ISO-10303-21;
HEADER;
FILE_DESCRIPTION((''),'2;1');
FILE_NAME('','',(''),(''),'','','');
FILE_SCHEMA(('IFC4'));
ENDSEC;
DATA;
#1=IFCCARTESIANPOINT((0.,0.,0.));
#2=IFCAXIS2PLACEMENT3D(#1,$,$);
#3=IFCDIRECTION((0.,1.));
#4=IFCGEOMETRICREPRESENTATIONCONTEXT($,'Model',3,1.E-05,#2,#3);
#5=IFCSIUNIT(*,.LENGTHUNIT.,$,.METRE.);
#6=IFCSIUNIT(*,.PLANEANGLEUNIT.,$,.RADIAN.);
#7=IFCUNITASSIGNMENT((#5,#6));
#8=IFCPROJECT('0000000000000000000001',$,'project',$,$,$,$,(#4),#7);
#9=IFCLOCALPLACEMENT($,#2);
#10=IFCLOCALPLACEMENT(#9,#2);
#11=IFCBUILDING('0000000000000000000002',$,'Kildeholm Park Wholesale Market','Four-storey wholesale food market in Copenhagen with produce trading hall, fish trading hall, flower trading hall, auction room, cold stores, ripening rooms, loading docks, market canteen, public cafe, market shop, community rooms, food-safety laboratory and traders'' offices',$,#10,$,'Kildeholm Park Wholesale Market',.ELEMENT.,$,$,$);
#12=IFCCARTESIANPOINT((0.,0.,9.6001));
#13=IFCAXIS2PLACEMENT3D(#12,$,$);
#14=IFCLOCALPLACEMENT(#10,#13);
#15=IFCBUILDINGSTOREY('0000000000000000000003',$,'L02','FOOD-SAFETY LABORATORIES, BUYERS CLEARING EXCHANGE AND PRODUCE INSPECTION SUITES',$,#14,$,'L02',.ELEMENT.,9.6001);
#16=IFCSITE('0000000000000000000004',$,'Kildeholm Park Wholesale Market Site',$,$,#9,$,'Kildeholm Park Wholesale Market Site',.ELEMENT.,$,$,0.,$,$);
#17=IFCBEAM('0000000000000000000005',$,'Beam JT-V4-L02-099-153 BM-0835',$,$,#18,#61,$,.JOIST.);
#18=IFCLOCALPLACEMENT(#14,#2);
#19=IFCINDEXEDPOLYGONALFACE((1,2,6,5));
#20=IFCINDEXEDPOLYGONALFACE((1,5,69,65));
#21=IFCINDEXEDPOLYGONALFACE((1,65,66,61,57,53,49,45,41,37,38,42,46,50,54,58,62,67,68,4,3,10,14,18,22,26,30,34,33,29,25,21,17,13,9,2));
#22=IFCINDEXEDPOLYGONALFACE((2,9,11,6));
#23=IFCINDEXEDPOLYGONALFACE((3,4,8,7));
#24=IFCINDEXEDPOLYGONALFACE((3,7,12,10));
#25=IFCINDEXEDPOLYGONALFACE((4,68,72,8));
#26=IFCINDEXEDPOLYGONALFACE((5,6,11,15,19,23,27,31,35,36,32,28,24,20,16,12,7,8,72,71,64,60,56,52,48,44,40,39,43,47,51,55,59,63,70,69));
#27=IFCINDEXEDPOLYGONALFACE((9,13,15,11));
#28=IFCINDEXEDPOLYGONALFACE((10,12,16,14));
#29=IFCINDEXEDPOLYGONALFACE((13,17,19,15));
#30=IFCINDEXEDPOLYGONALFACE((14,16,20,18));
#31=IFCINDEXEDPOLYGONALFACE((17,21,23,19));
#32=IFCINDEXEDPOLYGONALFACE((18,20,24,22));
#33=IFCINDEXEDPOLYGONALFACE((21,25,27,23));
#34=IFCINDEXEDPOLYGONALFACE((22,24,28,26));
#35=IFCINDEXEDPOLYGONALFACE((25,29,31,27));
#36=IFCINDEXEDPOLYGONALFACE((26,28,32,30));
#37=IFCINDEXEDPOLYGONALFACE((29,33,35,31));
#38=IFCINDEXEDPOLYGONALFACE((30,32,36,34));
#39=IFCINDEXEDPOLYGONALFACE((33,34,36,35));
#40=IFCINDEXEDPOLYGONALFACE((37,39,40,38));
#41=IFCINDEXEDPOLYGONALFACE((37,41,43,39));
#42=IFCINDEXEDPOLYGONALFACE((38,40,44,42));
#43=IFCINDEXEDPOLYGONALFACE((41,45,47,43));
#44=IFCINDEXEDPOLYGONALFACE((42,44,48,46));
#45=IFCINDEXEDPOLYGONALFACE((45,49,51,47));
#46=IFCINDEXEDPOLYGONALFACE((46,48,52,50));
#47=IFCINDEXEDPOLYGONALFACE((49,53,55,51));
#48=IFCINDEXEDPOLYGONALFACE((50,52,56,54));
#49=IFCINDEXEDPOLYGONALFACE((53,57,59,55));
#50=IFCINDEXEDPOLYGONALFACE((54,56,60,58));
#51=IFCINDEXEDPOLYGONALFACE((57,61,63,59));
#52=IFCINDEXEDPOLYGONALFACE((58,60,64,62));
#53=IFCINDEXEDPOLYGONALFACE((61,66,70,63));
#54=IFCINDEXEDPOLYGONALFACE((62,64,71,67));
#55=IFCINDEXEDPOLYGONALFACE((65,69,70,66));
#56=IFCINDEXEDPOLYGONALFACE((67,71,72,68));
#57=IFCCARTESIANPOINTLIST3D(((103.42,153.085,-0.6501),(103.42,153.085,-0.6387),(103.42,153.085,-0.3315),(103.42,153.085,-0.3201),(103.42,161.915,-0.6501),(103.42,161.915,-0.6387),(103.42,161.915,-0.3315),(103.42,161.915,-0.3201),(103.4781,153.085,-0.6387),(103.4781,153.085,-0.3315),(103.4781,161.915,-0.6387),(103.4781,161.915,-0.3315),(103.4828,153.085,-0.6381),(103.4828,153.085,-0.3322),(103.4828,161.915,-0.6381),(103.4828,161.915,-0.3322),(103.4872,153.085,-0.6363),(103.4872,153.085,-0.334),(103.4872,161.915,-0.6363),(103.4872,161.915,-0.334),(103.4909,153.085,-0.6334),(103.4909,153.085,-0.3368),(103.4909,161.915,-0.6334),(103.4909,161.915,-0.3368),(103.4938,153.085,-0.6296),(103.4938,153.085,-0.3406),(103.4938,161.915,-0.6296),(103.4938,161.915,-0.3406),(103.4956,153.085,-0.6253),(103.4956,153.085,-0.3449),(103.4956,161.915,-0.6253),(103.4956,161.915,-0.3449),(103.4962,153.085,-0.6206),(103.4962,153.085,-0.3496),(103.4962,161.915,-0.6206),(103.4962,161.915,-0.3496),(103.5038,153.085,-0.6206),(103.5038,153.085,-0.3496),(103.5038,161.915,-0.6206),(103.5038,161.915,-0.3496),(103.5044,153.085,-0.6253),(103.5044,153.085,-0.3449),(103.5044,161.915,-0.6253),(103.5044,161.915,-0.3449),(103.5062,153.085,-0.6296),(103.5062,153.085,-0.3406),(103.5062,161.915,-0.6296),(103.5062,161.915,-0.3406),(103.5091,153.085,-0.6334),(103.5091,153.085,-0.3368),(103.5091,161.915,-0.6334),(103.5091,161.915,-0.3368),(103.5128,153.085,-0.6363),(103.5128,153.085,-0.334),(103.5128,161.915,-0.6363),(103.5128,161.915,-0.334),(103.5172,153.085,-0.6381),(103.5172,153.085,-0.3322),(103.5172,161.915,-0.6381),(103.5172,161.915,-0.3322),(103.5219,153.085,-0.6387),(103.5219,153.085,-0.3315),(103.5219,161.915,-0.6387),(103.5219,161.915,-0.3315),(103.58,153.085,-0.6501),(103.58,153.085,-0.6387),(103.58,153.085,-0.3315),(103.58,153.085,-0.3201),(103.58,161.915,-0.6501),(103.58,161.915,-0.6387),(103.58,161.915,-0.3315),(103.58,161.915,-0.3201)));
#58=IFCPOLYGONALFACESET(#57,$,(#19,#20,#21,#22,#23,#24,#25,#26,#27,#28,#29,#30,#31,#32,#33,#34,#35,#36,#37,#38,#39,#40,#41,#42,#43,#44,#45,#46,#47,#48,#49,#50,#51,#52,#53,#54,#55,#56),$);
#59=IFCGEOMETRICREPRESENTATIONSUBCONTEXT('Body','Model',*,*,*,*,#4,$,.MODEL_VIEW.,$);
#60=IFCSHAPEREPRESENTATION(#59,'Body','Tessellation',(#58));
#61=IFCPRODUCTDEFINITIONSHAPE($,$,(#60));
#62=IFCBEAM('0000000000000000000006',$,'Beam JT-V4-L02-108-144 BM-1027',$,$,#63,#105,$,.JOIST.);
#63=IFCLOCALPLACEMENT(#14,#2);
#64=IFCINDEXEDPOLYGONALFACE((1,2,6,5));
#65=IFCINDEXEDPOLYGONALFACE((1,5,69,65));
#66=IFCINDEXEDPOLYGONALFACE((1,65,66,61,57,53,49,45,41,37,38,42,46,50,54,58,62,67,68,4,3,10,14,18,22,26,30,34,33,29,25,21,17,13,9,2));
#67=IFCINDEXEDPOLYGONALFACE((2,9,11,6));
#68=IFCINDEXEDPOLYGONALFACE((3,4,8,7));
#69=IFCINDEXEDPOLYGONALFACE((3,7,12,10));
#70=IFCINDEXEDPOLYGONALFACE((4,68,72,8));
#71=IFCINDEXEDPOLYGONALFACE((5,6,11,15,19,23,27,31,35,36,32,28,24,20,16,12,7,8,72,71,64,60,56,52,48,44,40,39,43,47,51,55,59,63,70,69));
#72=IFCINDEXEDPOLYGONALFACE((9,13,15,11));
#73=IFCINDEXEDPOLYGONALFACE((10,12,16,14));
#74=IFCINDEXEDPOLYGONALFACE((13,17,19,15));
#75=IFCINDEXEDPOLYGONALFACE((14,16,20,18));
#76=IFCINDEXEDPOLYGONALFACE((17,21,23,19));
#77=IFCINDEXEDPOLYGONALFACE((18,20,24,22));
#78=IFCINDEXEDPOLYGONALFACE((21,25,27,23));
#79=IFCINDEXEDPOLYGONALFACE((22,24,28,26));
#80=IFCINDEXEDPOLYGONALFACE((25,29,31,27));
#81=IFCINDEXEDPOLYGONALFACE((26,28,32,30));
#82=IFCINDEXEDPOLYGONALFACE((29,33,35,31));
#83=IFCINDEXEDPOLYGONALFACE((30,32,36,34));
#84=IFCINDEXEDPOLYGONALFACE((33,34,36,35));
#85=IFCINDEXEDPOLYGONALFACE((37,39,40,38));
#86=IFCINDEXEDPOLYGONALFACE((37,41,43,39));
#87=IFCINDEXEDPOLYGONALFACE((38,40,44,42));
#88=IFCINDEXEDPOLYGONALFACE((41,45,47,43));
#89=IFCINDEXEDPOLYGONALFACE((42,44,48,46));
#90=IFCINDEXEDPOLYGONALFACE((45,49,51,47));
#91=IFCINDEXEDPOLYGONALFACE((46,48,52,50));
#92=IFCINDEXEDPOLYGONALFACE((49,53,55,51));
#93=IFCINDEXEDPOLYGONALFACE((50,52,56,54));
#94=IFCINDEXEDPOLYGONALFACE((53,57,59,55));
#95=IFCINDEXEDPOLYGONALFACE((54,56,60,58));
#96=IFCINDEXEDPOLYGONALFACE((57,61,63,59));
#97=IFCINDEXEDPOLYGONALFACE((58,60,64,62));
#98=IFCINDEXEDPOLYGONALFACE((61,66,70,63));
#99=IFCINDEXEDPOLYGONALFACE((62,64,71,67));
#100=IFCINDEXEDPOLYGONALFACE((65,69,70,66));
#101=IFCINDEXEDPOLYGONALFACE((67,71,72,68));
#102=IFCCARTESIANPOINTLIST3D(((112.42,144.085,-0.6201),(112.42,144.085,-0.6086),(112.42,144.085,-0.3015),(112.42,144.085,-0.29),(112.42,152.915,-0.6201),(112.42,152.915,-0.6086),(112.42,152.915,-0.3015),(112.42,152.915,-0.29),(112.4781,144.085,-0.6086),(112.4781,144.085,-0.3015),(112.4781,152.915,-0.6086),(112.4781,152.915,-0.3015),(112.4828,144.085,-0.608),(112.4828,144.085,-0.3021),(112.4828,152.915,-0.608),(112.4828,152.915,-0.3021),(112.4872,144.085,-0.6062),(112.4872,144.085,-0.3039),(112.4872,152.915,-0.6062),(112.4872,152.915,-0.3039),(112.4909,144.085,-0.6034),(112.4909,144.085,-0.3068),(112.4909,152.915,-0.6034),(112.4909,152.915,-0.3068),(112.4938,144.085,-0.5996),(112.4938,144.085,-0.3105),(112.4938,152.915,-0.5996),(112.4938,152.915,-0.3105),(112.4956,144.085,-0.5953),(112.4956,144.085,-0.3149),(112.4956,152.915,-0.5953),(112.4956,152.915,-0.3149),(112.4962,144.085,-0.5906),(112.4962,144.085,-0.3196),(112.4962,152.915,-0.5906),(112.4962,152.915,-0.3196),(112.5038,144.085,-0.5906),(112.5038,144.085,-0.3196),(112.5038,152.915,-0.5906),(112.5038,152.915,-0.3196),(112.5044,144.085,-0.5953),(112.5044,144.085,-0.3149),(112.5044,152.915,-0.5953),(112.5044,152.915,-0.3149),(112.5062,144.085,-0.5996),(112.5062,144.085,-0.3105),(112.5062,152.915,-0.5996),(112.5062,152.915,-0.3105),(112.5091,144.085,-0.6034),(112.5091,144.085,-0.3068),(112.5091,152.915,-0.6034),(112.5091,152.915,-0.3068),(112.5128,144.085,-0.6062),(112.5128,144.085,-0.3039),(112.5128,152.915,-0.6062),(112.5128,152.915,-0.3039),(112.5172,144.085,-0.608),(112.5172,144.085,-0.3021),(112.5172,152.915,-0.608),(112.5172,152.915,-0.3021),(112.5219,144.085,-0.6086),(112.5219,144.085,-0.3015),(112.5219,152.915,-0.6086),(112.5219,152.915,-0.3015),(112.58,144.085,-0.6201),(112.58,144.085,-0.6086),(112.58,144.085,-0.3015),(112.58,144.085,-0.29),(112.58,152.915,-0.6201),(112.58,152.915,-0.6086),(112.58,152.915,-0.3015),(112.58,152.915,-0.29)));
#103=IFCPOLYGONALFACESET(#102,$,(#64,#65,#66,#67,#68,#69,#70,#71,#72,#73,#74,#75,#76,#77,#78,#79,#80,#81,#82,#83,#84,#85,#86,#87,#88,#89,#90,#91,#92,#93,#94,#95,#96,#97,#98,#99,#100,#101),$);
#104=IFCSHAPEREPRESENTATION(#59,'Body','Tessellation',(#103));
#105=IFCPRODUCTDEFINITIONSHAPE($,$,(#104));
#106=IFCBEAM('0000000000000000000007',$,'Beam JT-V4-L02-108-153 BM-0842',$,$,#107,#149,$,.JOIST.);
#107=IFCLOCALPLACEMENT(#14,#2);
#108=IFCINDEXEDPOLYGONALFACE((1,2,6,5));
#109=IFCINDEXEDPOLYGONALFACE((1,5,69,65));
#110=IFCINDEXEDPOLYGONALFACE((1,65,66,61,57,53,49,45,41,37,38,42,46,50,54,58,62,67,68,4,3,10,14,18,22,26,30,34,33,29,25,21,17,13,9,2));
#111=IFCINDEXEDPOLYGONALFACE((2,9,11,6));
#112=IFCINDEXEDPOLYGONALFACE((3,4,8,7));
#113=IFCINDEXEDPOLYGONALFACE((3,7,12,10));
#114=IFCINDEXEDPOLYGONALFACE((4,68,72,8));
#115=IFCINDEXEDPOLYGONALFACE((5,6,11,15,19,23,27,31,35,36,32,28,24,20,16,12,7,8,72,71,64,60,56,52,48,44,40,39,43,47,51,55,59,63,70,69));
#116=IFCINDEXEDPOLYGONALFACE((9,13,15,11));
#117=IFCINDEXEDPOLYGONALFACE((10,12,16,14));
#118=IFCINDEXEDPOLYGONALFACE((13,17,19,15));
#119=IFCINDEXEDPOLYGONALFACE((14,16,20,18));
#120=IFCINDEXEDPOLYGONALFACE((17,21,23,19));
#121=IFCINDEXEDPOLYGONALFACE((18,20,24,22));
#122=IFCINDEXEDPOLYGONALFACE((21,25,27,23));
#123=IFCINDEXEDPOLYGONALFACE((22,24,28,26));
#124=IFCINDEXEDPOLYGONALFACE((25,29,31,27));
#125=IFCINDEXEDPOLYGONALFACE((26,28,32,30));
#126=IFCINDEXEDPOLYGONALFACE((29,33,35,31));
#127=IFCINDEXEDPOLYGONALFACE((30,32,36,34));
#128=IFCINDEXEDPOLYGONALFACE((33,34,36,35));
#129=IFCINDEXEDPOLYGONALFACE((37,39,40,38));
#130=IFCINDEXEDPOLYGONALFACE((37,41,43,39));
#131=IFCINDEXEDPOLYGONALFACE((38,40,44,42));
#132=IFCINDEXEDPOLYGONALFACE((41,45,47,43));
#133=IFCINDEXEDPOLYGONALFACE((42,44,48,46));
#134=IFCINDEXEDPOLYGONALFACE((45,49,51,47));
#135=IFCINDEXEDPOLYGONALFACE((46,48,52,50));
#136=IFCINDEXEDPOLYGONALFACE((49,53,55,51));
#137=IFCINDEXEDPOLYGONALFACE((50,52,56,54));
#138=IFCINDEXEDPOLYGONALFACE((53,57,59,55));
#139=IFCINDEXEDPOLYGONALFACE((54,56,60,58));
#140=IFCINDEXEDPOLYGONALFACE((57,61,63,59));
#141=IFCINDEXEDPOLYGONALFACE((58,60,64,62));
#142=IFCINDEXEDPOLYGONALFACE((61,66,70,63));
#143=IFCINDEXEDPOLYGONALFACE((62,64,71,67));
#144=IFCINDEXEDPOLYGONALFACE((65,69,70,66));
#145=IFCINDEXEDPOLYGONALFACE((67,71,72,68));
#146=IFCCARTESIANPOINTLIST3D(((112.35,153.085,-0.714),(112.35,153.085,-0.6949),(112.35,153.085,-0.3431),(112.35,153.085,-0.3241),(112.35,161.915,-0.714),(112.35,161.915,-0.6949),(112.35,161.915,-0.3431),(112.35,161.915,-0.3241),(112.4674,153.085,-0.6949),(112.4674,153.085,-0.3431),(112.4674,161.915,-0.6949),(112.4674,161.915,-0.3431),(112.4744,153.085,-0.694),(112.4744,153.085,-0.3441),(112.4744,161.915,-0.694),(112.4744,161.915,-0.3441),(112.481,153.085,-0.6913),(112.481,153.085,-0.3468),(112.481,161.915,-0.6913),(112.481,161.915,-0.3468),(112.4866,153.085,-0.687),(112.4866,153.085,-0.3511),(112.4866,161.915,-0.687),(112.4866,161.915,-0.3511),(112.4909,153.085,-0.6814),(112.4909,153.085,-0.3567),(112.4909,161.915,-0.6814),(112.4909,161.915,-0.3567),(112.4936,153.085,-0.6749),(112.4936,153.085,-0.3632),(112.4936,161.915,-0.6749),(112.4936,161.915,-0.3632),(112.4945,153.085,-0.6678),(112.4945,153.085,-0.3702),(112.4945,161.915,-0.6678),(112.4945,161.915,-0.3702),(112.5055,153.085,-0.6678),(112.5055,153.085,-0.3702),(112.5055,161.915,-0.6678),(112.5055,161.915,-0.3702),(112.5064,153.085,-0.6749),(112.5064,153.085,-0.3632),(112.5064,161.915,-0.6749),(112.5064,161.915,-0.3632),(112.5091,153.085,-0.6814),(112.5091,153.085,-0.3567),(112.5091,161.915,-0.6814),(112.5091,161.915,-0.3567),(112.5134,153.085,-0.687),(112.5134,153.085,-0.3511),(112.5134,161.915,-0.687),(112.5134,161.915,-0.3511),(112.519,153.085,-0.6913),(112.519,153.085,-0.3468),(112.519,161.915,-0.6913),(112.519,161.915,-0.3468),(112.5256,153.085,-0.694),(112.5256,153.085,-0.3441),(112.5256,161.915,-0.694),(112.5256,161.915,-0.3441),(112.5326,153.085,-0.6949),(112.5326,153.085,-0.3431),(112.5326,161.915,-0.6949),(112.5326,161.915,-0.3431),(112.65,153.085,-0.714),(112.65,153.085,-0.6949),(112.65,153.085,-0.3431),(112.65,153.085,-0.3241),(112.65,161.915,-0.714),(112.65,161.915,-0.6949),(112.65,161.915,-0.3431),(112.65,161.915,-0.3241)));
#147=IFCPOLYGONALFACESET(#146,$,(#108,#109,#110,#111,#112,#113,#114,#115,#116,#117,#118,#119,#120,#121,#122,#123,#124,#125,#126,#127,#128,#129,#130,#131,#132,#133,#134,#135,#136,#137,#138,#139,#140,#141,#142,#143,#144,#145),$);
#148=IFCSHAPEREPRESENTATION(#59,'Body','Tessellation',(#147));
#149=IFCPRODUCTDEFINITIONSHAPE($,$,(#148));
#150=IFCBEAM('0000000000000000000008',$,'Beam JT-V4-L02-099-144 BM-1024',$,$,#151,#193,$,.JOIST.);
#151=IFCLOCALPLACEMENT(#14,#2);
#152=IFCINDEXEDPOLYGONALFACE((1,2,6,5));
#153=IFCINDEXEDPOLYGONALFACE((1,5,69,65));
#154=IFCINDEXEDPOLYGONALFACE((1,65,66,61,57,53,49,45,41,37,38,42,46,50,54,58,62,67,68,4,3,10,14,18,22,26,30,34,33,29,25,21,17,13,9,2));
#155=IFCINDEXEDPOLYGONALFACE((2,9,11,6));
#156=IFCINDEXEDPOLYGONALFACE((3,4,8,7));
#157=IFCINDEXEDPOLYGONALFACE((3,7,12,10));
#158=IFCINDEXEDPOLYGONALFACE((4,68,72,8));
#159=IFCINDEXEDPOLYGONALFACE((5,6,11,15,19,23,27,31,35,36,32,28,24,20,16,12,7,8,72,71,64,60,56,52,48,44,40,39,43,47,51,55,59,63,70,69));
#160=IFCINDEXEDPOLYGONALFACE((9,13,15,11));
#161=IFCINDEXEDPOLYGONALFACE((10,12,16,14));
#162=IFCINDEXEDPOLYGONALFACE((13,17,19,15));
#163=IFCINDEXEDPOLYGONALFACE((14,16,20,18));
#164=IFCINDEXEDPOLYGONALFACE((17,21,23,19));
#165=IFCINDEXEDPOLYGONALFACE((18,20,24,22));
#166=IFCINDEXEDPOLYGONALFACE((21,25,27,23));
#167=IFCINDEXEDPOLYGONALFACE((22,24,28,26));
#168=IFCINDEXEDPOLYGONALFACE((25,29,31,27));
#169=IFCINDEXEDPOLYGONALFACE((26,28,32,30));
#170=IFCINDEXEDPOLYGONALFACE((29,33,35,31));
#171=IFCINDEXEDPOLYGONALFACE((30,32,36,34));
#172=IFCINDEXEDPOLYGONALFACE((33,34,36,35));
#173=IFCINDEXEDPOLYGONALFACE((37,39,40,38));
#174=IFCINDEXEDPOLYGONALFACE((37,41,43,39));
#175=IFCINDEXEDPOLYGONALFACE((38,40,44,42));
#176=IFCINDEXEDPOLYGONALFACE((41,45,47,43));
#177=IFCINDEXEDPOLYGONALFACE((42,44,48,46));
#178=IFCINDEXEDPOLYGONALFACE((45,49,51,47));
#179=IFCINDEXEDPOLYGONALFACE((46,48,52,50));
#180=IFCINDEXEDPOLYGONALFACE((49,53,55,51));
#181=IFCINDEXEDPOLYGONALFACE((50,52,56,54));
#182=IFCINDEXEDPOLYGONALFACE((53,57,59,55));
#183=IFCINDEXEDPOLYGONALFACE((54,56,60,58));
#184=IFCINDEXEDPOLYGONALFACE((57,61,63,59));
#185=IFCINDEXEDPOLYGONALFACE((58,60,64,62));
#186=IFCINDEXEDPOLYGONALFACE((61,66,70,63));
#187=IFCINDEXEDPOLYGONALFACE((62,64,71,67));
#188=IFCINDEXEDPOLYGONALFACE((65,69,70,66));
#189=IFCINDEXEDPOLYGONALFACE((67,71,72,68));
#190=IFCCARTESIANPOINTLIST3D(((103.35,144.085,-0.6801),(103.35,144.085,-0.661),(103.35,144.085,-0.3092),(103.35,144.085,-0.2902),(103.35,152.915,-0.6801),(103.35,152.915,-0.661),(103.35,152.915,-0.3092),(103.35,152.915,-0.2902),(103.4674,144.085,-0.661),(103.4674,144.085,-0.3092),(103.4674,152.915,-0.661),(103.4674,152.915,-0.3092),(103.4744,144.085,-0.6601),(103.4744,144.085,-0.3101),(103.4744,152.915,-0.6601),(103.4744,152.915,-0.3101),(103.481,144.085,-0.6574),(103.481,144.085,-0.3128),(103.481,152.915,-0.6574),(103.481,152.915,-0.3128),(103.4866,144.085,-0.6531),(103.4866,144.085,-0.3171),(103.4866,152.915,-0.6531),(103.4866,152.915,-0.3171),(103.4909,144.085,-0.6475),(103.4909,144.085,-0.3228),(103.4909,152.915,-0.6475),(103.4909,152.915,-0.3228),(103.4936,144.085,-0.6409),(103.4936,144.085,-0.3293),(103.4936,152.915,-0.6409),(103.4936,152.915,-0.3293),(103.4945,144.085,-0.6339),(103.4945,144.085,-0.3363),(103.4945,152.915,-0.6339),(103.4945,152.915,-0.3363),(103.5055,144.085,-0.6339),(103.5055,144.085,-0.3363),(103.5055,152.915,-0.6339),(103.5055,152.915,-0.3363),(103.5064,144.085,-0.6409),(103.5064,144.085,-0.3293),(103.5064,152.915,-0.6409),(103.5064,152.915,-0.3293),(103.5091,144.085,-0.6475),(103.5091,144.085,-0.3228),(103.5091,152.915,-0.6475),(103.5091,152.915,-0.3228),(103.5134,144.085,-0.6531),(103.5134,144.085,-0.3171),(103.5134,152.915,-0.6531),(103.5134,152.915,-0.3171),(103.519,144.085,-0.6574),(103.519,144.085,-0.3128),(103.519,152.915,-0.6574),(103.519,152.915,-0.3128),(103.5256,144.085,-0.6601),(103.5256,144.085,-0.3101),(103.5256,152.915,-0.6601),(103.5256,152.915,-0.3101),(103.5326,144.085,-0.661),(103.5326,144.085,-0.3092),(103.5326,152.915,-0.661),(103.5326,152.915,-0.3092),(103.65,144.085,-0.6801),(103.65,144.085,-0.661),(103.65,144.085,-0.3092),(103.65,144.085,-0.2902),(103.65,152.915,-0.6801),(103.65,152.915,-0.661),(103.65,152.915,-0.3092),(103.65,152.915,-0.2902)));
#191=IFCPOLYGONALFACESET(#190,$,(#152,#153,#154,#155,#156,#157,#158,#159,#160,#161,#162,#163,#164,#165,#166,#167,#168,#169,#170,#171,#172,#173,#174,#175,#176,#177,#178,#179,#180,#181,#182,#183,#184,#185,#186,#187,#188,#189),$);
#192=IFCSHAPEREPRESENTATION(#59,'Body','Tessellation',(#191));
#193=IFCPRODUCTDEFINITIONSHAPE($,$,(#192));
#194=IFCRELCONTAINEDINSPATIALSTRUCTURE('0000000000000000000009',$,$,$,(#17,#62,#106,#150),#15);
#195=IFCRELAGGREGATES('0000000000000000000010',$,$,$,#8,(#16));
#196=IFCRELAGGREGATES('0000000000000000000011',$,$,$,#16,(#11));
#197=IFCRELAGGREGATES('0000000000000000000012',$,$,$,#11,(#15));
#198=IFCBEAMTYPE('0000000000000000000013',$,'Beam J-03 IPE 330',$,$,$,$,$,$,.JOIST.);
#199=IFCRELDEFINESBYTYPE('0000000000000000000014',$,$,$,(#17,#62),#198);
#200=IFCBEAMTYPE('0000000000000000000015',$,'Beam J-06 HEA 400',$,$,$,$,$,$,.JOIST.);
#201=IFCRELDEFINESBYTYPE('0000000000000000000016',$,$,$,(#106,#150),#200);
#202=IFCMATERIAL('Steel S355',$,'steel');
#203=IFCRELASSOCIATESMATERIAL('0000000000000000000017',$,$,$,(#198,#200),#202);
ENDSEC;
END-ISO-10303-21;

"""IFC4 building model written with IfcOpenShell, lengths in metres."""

from ifc_helpers import new_model, si_unit, direction, frame, origin, origin_2d, place, context, subcontext, project, spatial, i_section, extrude, material, material_profile, profile_set, type_object, element, save


model = new_model("IFC4")

# Units and contexts
model_context = context("Model", 3, precision=1e-05, world=origin(), true_north=direction((0.0, 1.0)))
body_context = subcontext(model_context, "Body", "Model", "MODEL_VIEW")
ifc_project = project(units=[si_unit("LENGTHUNIT", "METRE"), si_unit("PLANEANGLEUNIT", "RADIAN")], contexts=[model_context])

# Site, building, storey
site_placement = place(None, origin())
site = spatial("IfcSite", under=ifc_project, at=site_placement, Name="Kildeholm Park Wholesale Market Site", LongName="Kildeholm Park Wholesale Market Site", CompositionType="ELEMENT", RefElevation=0.0)
building_placement = place(site_placement, origin())
building = spatial("IfcBuilding", under=site, at=building_placement, Name="Kildeholm Park Wholesale Market", Description="Four-storey wholesale food market in Copenhagen with produce trading hall, fish trading hall, flower trading hall, auction room, cold stores, ripening rooms, loading docks, market canteen, public cafe, market shop, community rooms, food-safety laboratory and traders' offices", LongName="Kildeholm Park Wholesale Market", CompositionType="ELEMENT")
storey_placement = place(building_placement, frame((0.0, 0.0, 9.6001)))
storey = spatial("IfcBuildingStorey", under=building, at=storey_placement, Name="L02", Description="FOOD-SAFETY LABORATORIES, BUYERS CLEARING EXCHANGE AND PRODUCE INSPECTION SUITES", LongName="L02", CompositionType="ELEMENT", Elevation=9.6001)

# Beams
ifc_material_1 = material(Name="Steel S355", Category="steel")
ifc_material_profile_1 = material_profile(ifc_material_1, i_section(OverallWidth=0.1599, OverallDepth=0.3301, WebThickness=0.0076, FlangeThickness=0.0115, FilletRadius=0.0181, at=origin_2d()), Name="IPE 330")
ifc_profile_set_1 = profile_set([ifc_material_profile_1], Name="Steel S355")
beam_type_1 = type_object("IfcBeamType", Name="Beam J-03 IPE 330", PredefinedType="JOIST", material=ifc_profile_set_1)
for number, where, z_axis, x_axis, name in (
    (1, (103.5, 153.085, -0.4851), (0.0, 1.0, 0.0), (-1.0, 0.0, 0.0), "Beam JT-V4-L02-099-153 BM-0835"),
    (2, (112.5, 144.085, -0.4551), (0.0, 1.0, 0.0), (-1.0, 0.0, 0.0), "Beam JT-V4-L02-108-144 BM-1027"),
):
    element("IfcBeam", number, at=place(storey_placement, frame(where, z_axis=z_axis, x_axis=x_axis)), inside=storey, type_object=beam_type_1, Name=name, PredefinedType="JOIST", context=body_context, shape_type="SweptSolid", body=[
        extrude(i_section(OverallWidth=0.1599, OverallDepth=0.3301, WebThickness=0.0076, FlangeThickness=0.0115, FilletRadius=0.0181, at=origin_2d()), origin(), (0.0, 0.0, 1.0), 8.8301),
    ])
ifc_material_profile_2 = material_profile(ifc_material_1, i_section(OverallWidth=0.3, OverallDepth=0.3899, WebThickness=0.011, FlangeThickness=0.019, FilletRadius=0.0271, at=origin_2d()), Name="HEA 400")
ifc_profile_set_2 = profile_set([ifc_material_profile_2], Name="Steel S355")
beam_type_2 = type_object("IfcBeamType", Name="Beam J-06 HEA 400", PredefinedType="JOIST", material=ifc_profile_set_2)
for number, where, z_axis, x_axis, name in (
    (3, (112.5, 153.085, -0.519), (0.0, 1.0, 0.0), (-1.0, 0.0, 0.0), "Beam JT-V4-L02-108-153 BM-0842"),
    (4, (103.5, 144.085, -0.4851), (0.0, 1.0, 0.0), (-1.0, 0.0, 0.0), "Beam JT-V4-L02-099-144 BM-1024"),
):
    element("IfcBeam", number, at=place(storey_placement, frame(where, z_axis=z_axis, x_axis=x_axis)), inside=storey, type_object=beam_type_2, Name=name, PredefinedType="JOIST", context=body_context, shape_type="SweptSolid", body=[
        extrude(i_section(OverallWidth=0.3, OverallDepth=0.3899, WebThickness=0.011, FlangeThickness=0.019, FilletRadius=0.0271, at=origin_2d()), origin(), (0.0, 0.0, 1.0), 8.8301),
    ])

save(model, "model.ifc")
